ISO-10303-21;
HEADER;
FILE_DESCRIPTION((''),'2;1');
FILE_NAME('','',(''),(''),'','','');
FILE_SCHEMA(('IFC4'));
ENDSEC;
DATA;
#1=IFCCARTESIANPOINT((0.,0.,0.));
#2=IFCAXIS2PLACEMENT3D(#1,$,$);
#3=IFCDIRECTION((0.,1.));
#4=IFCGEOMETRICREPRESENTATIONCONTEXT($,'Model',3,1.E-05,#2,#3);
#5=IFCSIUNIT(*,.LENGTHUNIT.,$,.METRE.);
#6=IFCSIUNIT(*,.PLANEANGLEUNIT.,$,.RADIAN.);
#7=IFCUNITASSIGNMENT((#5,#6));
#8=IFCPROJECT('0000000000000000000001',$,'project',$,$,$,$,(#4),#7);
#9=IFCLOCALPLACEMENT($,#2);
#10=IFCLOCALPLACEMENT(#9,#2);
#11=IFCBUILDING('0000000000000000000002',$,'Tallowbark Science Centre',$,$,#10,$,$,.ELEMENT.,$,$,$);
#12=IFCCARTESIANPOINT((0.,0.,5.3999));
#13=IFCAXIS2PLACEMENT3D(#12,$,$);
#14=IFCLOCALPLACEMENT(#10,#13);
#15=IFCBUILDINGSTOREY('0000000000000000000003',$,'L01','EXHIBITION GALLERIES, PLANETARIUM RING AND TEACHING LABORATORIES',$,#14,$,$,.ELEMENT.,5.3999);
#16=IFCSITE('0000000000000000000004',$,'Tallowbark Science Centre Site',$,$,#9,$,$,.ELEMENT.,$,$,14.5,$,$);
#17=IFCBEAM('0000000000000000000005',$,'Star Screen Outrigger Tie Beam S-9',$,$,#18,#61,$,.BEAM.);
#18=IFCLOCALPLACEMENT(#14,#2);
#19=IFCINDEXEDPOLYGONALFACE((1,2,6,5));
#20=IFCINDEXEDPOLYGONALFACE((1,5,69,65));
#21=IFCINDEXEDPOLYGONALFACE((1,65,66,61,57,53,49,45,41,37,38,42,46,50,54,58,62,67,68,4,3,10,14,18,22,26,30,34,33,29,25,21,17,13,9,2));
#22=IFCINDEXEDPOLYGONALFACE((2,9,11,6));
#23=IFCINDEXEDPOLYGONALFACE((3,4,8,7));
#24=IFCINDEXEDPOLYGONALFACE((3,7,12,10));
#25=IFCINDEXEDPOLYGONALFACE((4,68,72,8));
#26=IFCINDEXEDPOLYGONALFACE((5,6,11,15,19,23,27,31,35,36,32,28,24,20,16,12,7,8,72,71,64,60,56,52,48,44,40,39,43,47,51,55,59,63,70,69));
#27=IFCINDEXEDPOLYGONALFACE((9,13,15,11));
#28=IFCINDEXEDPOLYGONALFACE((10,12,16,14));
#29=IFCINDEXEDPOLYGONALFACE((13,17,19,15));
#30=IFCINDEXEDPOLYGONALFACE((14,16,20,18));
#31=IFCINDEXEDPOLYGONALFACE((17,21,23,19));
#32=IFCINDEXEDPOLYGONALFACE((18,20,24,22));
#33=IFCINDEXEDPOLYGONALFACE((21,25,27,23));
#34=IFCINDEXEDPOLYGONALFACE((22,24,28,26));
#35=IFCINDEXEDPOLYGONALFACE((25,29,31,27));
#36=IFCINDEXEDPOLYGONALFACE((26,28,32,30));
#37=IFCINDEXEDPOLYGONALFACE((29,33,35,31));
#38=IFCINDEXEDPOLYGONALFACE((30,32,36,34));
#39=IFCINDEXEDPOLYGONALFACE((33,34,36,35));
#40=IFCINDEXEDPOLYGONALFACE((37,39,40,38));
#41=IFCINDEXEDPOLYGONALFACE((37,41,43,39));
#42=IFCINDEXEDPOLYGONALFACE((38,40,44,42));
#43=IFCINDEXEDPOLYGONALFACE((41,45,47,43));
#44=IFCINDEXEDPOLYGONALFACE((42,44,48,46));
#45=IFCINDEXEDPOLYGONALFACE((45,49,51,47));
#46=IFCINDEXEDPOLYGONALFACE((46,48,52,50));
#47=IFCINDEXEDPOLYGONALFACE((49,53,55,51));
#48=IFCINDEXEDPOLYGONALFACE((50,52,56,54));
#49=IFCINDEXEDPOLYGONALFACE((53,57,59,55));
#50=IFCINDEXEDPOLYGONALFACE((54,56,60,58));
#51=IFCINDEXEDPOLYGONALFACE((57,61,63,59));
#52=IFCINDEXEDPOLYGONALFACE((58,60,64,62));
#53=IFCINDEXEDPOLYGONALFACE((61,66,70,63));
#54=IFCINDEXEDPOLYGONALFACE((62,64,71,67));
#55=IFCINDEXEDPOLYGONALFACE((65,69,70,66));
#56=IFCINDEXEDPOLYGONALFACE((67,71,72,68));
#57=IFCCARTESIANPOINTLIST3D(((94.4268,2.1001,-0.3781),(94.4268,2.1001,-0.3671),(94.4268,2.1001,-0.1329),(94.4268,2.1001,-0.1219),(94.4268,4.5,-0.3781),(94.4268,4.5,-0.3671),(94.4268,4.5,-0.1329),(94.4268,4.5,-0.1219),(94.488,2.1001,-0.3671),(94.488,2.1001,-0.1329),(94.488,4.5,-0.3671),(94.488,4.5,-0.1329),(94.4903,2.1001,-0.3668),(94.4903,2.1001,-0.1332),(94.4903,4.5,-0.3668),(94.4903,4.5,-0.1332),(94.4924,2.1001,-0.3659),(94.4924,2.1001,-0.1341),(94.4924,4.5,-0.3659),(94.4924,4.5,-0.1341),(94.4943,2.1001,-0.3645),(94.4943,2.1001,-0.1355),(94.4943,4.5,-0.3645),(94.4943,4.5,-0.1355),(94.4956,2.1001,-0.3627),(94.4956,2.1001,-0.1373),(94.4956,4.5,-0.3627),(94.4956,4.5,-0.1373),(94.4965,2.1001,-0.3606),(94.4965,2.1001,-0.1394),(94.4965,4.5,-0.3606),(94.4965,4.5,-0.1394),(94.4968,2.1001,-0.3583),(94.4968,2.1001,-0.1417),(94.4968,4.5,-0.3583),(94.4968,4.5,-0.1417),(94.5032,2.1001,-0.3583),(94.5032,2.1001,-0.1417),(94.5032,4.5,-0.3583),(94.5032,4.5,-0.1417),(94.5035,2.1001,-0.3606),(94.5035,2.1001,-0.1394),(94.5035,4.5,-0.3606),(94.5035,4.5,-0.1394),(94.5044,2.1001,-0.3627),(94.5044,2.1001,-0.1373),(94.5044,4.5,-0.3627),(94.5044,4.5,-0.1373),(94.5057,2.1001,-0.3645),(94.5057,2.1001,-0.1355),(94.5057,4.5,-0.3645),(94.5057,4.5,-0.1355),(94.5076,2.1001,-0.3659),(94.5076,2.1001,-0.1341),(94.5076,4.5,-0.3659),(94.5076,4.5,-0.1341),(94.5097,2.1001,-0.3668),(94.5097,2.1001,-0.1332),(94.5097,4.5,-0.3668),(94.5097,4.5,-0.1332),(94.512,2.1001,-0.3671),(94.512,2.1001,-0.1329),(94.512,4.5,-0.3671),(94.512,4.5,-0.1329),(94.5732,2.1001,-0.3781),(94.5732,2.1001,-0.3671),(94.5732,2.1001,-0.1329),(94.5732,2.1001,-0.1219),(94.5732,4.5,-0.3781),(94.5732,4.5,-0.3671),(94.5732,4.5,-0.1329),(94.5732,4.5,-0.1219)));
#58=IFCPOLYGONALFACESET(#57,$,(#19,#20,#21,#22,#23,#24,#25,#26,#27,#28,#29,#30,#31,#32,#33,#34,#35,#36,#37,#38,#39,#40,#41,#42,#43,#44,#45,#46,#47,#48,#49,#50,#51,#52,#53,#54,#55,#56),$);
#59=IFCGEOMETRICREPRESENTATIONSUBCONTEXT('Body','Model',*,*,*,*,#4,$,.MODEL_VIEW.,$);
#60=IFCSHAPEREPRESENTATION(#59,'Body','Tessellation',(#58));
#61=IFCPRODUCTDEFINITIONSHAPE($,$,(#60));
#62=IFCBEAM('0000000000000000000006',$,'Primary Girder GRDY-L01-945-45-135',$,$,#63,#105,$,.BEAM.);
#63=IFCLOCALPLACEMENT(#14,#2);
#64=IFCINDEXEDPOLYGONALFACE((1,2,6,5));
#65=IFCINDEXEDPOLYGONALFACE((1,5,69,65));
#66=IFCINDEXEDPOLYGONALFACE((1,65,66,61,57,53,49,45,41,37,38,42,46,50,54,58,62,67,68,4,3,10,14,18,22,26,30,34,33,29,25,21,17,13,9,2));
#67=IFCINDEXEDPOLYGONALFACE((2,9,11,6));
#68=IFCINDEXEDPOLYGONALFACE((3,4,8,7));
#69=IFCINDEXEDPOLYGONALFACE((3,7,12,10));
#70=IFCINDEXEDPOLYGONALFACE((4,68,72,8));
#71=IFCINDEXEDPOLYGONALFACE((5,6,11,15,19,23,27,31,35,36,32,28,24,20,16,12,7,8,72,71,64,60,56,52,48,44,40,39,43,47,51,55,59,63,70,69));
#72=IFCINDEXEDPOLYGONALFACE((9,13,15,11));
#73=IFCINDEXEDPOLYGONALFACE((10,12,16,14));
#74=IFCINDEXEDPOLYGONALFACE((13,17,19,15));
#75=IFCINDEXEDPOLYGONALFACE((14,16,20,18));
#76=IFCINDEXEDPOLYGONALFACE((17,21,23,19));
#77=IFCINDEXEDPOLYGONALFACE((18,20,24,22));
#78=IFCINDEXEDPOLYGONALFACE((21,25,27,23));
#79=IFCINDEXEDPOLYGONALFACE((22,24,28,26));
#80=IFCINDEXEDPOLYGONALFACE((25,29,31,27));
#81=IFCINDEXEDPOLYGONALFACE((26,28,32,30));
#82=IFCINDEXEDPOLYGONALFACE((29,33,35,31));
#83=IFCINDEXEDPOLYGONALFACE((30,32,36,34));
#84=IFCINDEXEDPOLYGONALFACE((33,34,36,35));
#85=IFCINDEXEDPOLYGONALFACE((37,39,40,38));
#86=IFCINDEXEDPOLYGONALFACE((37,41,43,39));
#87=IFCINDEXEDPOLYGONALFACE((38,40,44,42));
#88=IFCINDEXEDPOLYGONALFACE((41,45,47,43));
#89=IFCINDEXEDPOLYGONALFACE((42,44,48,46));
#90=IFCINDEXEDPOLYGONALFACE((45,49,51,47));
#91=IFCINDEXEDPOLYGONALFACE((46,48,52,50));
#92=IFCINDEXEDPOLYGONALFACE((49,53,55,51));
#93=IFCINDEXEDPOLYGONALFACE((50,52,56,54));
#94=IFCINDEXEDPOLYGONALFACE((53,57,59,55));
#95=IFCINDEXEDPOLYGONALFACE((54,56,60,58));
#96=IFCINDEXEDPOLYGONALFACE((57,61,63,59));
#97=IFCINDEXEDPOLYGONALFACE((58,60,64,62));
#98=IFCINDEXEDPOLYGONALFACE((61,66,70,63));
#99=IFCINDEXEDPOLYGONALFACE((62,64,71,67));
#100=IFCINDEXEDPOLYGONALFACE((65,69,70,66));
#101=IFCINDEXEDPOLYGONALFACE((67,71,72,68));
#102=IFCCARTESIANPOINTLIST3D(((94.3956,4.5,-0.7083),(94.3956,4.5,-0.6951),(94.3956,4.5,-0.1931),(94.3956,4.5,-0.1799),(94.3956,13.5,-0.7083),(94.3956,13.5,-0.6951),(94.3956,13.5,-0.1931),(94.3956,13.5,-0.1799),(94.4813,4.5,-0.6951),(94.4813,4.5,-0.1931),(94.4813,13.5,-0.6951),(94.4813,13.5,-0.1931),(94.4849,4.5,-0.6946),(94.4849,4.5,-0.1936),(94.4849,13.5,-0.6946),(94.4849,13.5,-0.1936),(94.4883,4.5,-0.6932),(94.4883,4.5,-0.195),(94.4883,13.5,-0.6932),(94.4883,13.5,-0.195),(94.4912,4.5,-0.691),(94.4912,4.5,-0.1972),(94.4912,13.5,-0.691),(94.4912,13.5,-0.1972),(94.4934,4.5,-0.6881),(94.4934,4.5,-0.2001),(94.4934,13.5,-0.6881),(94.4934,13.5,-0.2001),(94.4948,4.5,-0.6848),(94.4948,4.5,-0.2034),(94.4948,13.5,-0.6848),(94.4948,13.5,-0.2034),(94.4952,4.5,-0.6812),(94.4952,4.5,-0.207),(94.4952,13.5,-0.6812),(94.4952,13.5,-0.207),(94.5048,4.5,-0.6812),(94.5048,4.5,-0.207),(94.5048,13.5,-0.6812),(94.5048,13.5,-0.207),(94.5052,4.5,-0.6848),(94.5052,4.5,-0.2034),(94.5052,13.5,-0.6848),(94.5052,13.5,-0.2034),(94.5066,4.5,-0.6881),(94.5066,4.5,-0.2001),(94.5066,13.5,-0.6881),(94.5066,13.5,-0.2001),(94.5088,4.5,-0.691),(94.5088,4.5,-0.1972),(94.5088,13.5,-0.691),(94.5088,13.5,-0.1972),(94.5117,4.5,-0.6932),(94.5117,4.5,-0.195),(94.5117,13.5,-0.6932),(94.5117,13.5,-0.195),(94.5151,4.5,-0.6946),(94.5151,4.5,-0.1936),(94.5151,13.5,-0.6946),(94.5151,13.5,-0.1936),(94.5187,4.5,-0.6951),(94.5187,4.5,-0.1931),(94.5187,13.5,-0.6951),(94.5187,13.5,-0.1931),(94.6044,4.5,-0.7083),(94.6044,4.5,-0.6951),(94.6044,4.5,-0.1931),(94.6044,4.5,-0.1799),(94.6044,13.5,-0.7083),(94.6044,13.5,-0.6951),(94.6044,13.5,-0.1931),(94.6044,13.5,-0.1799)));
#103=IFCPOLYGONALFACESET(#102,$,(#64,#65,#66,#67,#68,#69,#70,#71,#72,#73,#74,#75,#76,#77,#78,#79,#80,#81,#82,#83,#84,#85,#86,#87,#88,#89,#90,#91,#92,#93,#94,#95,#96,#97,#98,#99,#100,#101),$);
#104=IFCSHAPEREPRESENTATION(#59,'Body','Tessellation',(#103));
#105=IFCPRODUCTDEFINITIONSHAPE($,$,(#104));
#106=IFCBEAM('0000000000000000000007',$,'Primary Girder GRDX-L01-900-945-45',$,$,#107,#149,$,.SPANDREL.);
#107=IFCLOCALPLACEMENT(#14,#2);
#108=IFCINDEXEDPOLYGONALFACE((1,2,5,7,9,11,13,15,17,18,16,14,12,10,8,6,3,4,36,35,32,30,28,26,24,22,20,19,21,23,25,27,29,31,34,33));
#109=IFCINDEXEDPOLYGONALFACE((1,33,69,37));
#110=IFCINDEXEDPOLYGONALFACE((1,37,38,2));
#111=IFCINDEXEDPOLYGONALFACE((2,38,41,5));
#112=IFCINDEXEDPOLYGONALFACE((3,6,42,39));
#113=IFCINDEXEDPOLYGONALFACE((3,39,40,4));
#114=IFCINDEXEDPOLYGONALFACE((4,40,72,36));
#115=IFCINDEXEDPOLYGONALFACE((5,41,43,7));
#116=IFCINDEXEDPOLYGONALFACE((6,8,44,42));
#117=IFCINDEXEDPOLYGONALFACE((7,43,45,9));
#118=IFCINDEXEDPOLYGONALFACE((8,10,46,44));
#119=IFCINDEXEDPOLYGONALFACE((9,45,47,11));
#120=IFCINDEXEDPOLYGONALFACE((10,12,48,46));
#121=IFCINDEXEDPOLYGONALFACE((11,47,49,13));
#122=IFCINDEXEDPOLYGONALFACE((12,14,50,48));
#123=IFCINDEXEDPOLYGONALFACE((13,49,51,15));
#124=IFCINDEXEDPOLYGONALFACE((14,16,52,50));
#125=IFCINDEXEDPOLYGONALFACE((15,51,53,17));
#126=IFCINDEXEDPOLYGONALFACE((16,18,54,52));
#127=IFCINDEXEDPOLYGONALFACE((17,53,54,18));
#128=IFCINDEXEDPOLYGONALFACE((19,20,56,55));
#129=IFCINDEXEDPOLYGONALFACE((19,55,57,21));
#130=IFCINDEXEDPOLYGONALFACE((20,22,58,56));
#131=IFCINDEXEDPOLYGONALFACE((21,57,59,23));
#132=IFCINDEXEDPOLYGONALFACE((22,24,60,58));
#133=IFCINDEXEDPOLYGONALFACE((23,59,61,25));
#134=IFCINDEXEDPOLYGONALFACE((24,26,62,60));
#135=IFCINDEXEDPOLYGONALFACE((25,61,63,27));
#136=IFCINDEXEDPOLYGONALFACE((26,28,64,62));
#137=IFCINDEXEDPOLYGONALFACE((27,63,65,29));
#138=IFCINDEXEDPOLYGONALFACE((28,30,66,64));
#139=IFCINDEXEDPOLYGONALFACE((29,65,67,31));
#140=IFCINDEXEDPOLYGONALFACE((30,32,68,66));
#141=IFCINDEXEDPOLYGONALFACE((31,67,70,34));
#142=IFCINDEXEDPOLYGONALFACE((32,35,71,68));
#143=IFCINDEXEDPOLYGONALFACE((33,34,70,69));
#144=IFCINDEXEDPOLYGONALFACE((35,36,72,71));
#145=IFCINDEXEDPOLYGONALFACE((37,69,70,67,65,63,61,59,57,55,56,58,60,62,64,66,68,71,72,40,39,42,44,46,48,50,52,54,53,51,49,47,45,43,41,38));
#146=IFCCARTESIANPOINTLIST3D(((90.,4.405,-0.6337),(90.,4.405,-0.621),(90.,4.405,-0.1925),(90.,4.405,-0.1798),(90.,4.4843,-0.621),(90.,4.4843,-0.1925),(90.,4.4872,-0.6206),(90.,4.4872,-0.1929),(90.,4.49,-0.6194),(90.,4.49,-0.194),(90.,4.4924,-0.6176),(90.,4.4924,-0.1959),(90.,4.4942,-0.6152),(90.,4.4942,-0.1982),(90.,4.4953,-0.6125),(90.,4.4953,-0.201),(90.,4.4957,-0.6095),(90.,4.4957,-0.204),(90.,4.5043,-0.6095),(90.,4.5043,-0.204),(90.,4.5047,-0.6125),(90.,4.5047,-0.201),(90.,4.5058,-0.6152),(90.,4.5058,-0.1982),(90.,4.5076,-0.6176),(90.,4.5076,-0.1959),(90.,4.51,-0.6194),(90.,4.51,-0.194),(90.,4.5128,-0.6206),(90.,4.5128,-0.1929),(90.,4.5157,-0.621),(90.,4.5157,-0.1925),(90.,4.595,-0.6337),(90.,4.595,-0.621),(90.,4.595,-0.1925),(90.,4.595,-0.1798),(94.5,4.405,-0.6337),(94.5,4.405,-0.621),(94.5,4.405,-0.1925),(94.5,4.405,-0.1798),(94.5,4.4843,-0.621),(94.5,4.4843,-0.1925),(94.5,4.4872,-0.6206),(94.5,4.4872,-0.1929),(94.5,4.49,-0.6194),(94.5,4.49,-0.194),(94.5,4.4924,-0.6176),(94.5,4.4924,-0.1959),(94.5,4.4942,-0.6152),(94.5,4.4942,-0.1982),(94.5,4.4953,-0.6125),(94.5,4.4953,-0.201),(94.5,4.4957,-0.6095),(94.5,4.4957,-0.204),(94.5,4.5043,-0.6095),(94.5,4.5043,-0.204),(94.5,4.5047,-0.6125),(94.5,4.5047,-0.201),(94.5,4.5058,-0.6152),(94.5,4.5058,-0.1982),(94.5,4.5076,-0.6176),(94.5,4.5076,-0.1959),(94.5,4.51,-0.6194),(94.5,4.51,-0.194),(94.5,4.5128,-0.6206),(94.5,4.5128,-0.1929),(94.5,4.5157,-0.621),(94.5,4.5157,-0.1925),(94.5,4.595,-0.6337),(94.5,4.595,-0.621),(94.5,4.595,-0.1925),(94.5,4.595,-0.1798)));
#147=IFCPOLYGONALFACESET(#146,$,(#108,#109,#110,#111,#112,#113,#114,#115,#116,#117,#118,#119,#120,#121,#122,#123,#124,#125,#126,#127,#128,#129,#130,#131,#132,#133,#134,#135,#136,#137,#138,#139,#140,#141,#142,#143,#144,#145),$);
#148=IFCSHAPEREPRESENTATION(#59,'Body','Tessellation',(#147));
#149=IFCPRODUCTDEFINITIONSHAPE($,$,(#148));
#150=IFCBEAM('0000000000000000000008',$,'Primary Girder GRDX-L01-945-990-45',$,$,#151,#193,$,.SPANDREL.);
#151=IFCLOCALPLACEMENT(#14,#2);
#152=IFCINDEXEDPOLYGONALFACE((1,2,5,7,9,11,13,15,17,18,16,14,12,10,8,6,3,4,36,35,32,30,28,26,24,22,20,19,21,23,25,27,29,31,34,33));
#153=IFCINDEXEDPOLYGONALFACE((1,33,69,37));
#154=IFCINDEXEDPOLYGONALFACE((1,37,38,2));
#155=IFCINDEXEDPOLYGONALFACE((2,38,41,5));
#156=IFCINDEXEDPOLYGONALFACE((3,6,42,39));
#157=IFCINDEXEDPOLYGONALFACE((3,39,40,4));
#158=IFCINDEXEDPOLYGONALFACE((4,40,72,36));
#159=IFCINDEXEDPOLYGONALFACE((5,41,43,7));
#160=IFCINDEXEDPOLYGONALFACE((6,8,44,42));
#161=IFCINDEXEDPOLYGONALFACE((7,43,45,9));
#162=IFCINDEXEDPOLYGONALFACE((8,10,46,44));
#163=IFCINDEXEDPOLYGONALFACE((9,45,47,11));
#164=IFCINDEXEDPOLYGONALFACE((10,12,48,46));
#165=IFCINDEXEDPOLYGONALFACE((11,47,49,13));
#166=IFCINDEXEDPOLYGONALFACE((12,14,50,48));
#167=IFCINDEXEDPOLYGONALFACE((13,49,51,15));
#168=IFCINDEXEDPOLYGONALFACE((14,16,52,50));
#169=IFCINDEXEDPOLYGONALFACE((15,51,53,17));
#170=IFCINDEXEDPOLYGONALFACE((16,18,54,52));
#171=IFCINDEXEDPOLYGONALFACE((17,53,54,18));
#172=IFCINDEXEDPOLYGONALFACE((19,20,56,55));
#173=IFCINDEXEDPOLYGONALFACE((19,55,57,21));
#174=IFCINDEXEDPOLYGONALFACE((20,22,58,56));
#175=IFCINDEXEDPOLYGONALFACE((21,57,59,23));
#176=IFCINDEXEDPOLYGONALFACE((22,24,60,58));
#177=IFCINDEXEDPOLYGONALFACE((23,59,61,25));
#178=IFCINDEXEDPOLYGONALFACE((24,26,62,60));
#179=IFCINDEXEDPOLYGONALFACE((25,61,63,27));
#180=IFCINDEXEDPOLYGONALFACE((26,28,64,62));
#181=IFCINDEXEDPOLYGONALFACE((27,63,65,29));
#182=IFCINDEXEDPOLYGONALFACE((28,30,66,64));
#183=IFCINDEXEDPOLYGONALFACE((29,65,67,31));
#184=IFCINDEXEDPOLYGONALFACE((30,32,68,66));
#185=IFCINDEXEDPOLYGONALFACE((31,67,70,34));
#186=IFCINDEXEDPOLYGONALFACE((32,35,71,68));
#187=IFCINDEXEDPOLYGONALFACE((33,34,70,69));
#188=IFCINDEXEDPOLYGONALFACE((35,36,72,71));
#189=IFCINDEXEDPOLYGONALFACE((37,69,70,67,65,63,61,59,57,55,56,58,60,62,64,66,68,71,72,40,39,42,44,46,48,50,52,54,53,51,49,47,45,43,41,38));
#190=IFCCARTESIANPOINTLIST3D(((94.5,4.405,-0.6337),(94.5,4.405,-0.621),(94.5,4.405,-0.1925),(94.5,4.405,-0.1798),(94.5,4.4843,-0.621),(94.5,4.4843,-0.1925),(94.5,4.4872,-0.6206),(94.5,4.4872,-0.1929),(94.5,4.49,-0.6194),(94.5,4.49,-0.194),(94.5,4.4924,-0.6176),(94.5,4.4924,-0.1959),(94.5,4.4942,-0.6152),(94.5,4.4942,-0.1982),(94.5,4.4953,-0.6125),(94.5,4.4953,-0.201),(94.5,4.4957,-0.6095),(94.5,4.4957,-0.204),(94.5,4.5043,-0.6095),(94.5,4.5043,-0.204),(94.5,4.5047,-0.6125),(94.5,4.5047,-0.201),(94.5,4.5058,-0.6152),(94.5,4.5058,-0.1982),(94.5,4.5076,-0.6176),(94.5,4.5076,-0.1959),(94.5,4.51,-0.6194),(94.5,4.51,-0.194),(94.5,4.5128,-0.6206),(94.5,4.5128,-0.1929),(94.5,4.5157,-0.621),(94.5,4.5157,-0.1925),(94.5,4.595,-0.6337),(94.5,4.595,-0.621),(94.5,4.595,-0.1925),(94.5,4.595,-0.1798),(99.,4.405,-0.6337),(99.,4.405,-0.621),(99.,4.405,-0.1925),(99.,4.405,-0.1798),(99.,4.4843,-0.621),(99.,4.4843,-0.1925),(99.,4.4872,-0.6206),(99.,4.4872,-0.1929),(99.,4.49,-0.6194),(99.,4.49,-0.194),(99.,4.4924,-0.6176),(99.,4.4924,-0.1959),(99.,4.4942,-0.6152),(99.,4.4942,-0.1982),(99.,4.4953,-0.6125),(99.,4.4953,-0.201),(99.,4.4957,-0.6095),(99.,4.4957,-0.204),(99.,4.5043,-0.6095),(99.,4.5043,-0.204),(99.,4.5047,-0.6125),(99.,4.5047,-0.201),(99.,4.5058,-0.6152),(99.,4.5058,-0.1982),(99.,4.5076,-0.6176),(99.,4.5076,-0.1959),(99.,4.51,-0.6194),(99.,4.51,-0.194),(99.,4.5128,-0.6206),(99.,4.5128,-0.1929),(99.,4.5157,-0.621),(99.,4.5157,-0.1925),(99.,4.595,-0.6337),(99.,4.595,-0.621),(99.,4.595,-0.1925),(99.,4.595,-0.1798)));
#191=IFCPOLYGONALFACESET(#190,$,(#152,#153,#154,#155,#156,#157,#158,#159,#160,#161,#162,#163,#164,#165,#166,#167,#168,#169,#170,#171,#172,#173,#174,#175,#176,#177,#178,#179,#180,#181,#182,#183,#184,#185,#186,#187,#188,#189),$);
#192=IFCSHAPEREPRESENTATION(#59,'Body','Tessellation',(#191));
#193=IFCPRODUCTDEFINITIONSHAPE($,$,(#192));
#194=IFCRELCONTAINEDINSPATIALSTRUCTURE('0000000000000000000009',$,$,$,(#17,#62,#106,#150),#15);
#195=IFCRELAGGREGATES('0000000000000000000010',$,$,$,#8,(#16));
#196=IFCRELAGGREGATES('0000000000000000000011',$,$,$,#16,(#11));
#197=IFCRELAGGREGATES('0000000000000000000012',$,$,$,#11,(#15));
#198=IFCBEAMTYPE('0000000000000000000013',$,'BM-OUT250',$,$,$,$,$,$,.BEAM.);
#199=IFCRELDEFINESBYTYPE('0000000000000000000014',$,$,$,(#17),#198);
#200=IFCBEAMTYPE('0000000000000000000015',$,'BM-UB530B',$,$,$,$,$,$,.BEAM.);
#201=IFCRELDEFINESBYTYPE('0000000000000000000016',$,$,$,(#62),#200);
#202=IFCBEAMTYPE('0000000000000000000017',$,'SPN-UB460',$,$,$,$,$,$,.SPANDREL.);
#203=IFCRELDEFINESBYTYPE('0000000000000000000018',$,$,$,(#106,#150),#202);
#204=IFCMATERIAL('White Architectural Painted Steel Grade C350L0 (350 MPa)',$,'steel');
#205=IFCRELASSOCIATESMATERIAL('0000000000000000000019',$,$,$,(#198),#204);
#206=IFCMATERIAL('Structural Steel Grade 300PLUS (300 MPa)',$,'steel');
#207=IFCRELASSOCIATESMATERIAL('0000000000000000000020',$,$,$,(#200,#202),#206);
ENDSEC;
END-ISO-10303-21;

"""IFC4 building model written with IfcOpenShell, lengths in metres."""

from ifc_helpers import new_model, si_unit, direction, frame, origin, origin_2d, place, context, subcontext, project, spatial, i_section, extrude, material, material_profile, profile_set, type_object, element, save


model = new_model("IFC4")

# Units and contexts
model_context = context("Model", 3, precision=1e-05, world=origin(), true_north=direction((0.0, 1.0)))
body_context = subcontext(model_context, "Body", "Model", "MODEL_VIEW")
ifc_project = project(units=[si_unit("LENGTHUNIT", "METRE"), si_unit("PLANEANGLEUNIT", "RADIAN")], contexts=[model_context])

# Site, building, storey
site_placement = place(None, origin())
site = spatial("IfcSite", under=ifc_project, at=site_placement, Name="Tallowbark Science Centre Site", CompositionType="ELEMENT", RefElevation=14.5)
building_placement = place(site_placement, origin())
building = spatial("IfcBuilding", under=site, at=building_placement, Name="Tallowbark Science Centre", CompositionType="ELEMENT")
storey_placement = place(building_placement, frame((0.0, 0.0, 5.3999)))
storey = spatial("IfcBuildingStorey", under=building, at=storey_placement, Name="L01", Description="EXHIBITION GALLERIES, PLANETARIUM RING AND TEACHING LABORATORIES", CompositionType="ELEMENT", Elevation=5.3999)

# Shared definitions
ifc_material_1 = material(Name="White Architectural Painted Steel Grade C350L0 (350 MPa)", Category="steel")
ifc_material_2 = material(Name="Structural Steel Grade 300PLUS (300 MPa)", Category="steel")

# Beams
ifc_material_profile_1 = material_profile(ifc_material_1, i_section(OverallWidth=0.1465, OverallDepth=0.2561, WebThickness=0.0063, FlangeThickness=0.011, FilletRadius=0.0088, at=origin_2d()), Name="250UB37.3")
ifc_profile_set_1 = profile_set([ifc_material_profile_1], Name="White Architectural Painted Steel Grade C350L0 (350 MPa)")
beam_type_1 = type_object("IfcBeamType", Name="BM-OUT250", PredefinedType="BEAM", material=ifc_profile_set_1)
beam_1_placement = place(storey_placement, frame((94.5, 4.5, -0.25), z_axis=(0.0, -1.0, 0.0), x_axis=(1.0, 0.0, 0.0)))
element("IfcBeam", 1, at=beam_1_placement, inside=storey, type_object=beam_type_1, Name="Star Screen Outrigger Tie Beam S-9", PredefinedType="BEAM", context=body_context, shape_type="SweptSolid", body=[
    extrude(i_section(OverallWidth=0.1465, OverallDepth=0.2561, WebThickness=0.0063, FlangeThickness=0.011, FilletRadius=0.0088, at=origin_2d()), origin(), (0.0, 0.0, 1.0), 2.3999),
])
ifc_material_profile_2 = material_profile(ifc_material_2, i_section(OverallWidth=0.2087, OverallDepth=0.5283, WebThickness=0.0095, FlangeThickness=0.0132, FilletRadius=0.0139, at=origin_2d()), Name="530UB82.0")
ifc_profile_set_2 = profile_set([ifc_material_profile_2], Name="Structural Steel Grade 300PLUS (300 MPa)")
beam_type_2 = type_object("IfcBeamType", Name="BM-UB530B", PredefinedType="BEAM", material=ifc_profile_set_2)
beam_2_placement = place(storey_placement, frame((94.5, 4.5, -0.4441), z_axis=(0.0, 1.0, 0.0), x_axis=(-1.0, 0.0, 0.0)))
element("IfcBeam", 2, at=beam_2_placement, inside=storey, type_object=beam_type_2, Name="Primary Girder GRDY-L01-945-45-135", PredefinedType="BEAM", context=body_context, shape_type="SweptSolid", body=[
    extrude(i_section(OverallWidth=0.2087, OverallDepth=0.5283, WebThickness=0.0095, FlangeThickness=0.0132, FilletRadius=0.0139, at=origin_2d()), origin(), (0.0, 0.0, 1.0), 9.0),
])
ifc_material_profile_3 = material_profile(ifc_material_2, i_section(OverallWidth=0.1899, OverallDepth=0.4539, WebThickness=0.0085, FlangeThickness=0.0127, FilletRadius=0.0115, at=origin_2d()), Name="460UB67.1")
ifc_profile_set_3 = profile_set([ifc_material_profile_3], Name="Structural Steel Grade 300PLUS (300 MPa)")
beam_type_3 = type_object("IfcBeamType", Name="SPN-UB460", PredefinedType="SPANDREL", material=ifc_profile_set_3)
for number, where, z_axis, x_axis, name in (
    (3, (90.0, 4.5, -0.4067), (1.0, 0.0, 0.0), (0.0, 1.0, 0.0), "Primary Girder GRDX-L01-900-945-45"),
    (4, (94.5, 4.5, -0.4067), (1.0, 0.0, 0.0), (0.0, 1.0, 0.0), "Primary Girder GRDX-L01-945-990-45"),
):
    element("IfcBeam", number, at=place(storey_placement, frame(where, z_axis=z_axis, x_axis=x_axis)), inside=storey, type_object=beam_type_3, Name=name, PredefinedType="SPANDREL", context=body_context, shape_type="SweptSolid", body=[
        extrude(i_section(OverallWidth=0.1899, OverallDepth=0.4539, WebThickness=0.0085, FlangeThickness=0.0127, FilletRadius=0.0115, at=origin_2d()), origin(), (0.0, 0.0, 1.0), 4.5),
    ])

save(model, "model.ifc")
